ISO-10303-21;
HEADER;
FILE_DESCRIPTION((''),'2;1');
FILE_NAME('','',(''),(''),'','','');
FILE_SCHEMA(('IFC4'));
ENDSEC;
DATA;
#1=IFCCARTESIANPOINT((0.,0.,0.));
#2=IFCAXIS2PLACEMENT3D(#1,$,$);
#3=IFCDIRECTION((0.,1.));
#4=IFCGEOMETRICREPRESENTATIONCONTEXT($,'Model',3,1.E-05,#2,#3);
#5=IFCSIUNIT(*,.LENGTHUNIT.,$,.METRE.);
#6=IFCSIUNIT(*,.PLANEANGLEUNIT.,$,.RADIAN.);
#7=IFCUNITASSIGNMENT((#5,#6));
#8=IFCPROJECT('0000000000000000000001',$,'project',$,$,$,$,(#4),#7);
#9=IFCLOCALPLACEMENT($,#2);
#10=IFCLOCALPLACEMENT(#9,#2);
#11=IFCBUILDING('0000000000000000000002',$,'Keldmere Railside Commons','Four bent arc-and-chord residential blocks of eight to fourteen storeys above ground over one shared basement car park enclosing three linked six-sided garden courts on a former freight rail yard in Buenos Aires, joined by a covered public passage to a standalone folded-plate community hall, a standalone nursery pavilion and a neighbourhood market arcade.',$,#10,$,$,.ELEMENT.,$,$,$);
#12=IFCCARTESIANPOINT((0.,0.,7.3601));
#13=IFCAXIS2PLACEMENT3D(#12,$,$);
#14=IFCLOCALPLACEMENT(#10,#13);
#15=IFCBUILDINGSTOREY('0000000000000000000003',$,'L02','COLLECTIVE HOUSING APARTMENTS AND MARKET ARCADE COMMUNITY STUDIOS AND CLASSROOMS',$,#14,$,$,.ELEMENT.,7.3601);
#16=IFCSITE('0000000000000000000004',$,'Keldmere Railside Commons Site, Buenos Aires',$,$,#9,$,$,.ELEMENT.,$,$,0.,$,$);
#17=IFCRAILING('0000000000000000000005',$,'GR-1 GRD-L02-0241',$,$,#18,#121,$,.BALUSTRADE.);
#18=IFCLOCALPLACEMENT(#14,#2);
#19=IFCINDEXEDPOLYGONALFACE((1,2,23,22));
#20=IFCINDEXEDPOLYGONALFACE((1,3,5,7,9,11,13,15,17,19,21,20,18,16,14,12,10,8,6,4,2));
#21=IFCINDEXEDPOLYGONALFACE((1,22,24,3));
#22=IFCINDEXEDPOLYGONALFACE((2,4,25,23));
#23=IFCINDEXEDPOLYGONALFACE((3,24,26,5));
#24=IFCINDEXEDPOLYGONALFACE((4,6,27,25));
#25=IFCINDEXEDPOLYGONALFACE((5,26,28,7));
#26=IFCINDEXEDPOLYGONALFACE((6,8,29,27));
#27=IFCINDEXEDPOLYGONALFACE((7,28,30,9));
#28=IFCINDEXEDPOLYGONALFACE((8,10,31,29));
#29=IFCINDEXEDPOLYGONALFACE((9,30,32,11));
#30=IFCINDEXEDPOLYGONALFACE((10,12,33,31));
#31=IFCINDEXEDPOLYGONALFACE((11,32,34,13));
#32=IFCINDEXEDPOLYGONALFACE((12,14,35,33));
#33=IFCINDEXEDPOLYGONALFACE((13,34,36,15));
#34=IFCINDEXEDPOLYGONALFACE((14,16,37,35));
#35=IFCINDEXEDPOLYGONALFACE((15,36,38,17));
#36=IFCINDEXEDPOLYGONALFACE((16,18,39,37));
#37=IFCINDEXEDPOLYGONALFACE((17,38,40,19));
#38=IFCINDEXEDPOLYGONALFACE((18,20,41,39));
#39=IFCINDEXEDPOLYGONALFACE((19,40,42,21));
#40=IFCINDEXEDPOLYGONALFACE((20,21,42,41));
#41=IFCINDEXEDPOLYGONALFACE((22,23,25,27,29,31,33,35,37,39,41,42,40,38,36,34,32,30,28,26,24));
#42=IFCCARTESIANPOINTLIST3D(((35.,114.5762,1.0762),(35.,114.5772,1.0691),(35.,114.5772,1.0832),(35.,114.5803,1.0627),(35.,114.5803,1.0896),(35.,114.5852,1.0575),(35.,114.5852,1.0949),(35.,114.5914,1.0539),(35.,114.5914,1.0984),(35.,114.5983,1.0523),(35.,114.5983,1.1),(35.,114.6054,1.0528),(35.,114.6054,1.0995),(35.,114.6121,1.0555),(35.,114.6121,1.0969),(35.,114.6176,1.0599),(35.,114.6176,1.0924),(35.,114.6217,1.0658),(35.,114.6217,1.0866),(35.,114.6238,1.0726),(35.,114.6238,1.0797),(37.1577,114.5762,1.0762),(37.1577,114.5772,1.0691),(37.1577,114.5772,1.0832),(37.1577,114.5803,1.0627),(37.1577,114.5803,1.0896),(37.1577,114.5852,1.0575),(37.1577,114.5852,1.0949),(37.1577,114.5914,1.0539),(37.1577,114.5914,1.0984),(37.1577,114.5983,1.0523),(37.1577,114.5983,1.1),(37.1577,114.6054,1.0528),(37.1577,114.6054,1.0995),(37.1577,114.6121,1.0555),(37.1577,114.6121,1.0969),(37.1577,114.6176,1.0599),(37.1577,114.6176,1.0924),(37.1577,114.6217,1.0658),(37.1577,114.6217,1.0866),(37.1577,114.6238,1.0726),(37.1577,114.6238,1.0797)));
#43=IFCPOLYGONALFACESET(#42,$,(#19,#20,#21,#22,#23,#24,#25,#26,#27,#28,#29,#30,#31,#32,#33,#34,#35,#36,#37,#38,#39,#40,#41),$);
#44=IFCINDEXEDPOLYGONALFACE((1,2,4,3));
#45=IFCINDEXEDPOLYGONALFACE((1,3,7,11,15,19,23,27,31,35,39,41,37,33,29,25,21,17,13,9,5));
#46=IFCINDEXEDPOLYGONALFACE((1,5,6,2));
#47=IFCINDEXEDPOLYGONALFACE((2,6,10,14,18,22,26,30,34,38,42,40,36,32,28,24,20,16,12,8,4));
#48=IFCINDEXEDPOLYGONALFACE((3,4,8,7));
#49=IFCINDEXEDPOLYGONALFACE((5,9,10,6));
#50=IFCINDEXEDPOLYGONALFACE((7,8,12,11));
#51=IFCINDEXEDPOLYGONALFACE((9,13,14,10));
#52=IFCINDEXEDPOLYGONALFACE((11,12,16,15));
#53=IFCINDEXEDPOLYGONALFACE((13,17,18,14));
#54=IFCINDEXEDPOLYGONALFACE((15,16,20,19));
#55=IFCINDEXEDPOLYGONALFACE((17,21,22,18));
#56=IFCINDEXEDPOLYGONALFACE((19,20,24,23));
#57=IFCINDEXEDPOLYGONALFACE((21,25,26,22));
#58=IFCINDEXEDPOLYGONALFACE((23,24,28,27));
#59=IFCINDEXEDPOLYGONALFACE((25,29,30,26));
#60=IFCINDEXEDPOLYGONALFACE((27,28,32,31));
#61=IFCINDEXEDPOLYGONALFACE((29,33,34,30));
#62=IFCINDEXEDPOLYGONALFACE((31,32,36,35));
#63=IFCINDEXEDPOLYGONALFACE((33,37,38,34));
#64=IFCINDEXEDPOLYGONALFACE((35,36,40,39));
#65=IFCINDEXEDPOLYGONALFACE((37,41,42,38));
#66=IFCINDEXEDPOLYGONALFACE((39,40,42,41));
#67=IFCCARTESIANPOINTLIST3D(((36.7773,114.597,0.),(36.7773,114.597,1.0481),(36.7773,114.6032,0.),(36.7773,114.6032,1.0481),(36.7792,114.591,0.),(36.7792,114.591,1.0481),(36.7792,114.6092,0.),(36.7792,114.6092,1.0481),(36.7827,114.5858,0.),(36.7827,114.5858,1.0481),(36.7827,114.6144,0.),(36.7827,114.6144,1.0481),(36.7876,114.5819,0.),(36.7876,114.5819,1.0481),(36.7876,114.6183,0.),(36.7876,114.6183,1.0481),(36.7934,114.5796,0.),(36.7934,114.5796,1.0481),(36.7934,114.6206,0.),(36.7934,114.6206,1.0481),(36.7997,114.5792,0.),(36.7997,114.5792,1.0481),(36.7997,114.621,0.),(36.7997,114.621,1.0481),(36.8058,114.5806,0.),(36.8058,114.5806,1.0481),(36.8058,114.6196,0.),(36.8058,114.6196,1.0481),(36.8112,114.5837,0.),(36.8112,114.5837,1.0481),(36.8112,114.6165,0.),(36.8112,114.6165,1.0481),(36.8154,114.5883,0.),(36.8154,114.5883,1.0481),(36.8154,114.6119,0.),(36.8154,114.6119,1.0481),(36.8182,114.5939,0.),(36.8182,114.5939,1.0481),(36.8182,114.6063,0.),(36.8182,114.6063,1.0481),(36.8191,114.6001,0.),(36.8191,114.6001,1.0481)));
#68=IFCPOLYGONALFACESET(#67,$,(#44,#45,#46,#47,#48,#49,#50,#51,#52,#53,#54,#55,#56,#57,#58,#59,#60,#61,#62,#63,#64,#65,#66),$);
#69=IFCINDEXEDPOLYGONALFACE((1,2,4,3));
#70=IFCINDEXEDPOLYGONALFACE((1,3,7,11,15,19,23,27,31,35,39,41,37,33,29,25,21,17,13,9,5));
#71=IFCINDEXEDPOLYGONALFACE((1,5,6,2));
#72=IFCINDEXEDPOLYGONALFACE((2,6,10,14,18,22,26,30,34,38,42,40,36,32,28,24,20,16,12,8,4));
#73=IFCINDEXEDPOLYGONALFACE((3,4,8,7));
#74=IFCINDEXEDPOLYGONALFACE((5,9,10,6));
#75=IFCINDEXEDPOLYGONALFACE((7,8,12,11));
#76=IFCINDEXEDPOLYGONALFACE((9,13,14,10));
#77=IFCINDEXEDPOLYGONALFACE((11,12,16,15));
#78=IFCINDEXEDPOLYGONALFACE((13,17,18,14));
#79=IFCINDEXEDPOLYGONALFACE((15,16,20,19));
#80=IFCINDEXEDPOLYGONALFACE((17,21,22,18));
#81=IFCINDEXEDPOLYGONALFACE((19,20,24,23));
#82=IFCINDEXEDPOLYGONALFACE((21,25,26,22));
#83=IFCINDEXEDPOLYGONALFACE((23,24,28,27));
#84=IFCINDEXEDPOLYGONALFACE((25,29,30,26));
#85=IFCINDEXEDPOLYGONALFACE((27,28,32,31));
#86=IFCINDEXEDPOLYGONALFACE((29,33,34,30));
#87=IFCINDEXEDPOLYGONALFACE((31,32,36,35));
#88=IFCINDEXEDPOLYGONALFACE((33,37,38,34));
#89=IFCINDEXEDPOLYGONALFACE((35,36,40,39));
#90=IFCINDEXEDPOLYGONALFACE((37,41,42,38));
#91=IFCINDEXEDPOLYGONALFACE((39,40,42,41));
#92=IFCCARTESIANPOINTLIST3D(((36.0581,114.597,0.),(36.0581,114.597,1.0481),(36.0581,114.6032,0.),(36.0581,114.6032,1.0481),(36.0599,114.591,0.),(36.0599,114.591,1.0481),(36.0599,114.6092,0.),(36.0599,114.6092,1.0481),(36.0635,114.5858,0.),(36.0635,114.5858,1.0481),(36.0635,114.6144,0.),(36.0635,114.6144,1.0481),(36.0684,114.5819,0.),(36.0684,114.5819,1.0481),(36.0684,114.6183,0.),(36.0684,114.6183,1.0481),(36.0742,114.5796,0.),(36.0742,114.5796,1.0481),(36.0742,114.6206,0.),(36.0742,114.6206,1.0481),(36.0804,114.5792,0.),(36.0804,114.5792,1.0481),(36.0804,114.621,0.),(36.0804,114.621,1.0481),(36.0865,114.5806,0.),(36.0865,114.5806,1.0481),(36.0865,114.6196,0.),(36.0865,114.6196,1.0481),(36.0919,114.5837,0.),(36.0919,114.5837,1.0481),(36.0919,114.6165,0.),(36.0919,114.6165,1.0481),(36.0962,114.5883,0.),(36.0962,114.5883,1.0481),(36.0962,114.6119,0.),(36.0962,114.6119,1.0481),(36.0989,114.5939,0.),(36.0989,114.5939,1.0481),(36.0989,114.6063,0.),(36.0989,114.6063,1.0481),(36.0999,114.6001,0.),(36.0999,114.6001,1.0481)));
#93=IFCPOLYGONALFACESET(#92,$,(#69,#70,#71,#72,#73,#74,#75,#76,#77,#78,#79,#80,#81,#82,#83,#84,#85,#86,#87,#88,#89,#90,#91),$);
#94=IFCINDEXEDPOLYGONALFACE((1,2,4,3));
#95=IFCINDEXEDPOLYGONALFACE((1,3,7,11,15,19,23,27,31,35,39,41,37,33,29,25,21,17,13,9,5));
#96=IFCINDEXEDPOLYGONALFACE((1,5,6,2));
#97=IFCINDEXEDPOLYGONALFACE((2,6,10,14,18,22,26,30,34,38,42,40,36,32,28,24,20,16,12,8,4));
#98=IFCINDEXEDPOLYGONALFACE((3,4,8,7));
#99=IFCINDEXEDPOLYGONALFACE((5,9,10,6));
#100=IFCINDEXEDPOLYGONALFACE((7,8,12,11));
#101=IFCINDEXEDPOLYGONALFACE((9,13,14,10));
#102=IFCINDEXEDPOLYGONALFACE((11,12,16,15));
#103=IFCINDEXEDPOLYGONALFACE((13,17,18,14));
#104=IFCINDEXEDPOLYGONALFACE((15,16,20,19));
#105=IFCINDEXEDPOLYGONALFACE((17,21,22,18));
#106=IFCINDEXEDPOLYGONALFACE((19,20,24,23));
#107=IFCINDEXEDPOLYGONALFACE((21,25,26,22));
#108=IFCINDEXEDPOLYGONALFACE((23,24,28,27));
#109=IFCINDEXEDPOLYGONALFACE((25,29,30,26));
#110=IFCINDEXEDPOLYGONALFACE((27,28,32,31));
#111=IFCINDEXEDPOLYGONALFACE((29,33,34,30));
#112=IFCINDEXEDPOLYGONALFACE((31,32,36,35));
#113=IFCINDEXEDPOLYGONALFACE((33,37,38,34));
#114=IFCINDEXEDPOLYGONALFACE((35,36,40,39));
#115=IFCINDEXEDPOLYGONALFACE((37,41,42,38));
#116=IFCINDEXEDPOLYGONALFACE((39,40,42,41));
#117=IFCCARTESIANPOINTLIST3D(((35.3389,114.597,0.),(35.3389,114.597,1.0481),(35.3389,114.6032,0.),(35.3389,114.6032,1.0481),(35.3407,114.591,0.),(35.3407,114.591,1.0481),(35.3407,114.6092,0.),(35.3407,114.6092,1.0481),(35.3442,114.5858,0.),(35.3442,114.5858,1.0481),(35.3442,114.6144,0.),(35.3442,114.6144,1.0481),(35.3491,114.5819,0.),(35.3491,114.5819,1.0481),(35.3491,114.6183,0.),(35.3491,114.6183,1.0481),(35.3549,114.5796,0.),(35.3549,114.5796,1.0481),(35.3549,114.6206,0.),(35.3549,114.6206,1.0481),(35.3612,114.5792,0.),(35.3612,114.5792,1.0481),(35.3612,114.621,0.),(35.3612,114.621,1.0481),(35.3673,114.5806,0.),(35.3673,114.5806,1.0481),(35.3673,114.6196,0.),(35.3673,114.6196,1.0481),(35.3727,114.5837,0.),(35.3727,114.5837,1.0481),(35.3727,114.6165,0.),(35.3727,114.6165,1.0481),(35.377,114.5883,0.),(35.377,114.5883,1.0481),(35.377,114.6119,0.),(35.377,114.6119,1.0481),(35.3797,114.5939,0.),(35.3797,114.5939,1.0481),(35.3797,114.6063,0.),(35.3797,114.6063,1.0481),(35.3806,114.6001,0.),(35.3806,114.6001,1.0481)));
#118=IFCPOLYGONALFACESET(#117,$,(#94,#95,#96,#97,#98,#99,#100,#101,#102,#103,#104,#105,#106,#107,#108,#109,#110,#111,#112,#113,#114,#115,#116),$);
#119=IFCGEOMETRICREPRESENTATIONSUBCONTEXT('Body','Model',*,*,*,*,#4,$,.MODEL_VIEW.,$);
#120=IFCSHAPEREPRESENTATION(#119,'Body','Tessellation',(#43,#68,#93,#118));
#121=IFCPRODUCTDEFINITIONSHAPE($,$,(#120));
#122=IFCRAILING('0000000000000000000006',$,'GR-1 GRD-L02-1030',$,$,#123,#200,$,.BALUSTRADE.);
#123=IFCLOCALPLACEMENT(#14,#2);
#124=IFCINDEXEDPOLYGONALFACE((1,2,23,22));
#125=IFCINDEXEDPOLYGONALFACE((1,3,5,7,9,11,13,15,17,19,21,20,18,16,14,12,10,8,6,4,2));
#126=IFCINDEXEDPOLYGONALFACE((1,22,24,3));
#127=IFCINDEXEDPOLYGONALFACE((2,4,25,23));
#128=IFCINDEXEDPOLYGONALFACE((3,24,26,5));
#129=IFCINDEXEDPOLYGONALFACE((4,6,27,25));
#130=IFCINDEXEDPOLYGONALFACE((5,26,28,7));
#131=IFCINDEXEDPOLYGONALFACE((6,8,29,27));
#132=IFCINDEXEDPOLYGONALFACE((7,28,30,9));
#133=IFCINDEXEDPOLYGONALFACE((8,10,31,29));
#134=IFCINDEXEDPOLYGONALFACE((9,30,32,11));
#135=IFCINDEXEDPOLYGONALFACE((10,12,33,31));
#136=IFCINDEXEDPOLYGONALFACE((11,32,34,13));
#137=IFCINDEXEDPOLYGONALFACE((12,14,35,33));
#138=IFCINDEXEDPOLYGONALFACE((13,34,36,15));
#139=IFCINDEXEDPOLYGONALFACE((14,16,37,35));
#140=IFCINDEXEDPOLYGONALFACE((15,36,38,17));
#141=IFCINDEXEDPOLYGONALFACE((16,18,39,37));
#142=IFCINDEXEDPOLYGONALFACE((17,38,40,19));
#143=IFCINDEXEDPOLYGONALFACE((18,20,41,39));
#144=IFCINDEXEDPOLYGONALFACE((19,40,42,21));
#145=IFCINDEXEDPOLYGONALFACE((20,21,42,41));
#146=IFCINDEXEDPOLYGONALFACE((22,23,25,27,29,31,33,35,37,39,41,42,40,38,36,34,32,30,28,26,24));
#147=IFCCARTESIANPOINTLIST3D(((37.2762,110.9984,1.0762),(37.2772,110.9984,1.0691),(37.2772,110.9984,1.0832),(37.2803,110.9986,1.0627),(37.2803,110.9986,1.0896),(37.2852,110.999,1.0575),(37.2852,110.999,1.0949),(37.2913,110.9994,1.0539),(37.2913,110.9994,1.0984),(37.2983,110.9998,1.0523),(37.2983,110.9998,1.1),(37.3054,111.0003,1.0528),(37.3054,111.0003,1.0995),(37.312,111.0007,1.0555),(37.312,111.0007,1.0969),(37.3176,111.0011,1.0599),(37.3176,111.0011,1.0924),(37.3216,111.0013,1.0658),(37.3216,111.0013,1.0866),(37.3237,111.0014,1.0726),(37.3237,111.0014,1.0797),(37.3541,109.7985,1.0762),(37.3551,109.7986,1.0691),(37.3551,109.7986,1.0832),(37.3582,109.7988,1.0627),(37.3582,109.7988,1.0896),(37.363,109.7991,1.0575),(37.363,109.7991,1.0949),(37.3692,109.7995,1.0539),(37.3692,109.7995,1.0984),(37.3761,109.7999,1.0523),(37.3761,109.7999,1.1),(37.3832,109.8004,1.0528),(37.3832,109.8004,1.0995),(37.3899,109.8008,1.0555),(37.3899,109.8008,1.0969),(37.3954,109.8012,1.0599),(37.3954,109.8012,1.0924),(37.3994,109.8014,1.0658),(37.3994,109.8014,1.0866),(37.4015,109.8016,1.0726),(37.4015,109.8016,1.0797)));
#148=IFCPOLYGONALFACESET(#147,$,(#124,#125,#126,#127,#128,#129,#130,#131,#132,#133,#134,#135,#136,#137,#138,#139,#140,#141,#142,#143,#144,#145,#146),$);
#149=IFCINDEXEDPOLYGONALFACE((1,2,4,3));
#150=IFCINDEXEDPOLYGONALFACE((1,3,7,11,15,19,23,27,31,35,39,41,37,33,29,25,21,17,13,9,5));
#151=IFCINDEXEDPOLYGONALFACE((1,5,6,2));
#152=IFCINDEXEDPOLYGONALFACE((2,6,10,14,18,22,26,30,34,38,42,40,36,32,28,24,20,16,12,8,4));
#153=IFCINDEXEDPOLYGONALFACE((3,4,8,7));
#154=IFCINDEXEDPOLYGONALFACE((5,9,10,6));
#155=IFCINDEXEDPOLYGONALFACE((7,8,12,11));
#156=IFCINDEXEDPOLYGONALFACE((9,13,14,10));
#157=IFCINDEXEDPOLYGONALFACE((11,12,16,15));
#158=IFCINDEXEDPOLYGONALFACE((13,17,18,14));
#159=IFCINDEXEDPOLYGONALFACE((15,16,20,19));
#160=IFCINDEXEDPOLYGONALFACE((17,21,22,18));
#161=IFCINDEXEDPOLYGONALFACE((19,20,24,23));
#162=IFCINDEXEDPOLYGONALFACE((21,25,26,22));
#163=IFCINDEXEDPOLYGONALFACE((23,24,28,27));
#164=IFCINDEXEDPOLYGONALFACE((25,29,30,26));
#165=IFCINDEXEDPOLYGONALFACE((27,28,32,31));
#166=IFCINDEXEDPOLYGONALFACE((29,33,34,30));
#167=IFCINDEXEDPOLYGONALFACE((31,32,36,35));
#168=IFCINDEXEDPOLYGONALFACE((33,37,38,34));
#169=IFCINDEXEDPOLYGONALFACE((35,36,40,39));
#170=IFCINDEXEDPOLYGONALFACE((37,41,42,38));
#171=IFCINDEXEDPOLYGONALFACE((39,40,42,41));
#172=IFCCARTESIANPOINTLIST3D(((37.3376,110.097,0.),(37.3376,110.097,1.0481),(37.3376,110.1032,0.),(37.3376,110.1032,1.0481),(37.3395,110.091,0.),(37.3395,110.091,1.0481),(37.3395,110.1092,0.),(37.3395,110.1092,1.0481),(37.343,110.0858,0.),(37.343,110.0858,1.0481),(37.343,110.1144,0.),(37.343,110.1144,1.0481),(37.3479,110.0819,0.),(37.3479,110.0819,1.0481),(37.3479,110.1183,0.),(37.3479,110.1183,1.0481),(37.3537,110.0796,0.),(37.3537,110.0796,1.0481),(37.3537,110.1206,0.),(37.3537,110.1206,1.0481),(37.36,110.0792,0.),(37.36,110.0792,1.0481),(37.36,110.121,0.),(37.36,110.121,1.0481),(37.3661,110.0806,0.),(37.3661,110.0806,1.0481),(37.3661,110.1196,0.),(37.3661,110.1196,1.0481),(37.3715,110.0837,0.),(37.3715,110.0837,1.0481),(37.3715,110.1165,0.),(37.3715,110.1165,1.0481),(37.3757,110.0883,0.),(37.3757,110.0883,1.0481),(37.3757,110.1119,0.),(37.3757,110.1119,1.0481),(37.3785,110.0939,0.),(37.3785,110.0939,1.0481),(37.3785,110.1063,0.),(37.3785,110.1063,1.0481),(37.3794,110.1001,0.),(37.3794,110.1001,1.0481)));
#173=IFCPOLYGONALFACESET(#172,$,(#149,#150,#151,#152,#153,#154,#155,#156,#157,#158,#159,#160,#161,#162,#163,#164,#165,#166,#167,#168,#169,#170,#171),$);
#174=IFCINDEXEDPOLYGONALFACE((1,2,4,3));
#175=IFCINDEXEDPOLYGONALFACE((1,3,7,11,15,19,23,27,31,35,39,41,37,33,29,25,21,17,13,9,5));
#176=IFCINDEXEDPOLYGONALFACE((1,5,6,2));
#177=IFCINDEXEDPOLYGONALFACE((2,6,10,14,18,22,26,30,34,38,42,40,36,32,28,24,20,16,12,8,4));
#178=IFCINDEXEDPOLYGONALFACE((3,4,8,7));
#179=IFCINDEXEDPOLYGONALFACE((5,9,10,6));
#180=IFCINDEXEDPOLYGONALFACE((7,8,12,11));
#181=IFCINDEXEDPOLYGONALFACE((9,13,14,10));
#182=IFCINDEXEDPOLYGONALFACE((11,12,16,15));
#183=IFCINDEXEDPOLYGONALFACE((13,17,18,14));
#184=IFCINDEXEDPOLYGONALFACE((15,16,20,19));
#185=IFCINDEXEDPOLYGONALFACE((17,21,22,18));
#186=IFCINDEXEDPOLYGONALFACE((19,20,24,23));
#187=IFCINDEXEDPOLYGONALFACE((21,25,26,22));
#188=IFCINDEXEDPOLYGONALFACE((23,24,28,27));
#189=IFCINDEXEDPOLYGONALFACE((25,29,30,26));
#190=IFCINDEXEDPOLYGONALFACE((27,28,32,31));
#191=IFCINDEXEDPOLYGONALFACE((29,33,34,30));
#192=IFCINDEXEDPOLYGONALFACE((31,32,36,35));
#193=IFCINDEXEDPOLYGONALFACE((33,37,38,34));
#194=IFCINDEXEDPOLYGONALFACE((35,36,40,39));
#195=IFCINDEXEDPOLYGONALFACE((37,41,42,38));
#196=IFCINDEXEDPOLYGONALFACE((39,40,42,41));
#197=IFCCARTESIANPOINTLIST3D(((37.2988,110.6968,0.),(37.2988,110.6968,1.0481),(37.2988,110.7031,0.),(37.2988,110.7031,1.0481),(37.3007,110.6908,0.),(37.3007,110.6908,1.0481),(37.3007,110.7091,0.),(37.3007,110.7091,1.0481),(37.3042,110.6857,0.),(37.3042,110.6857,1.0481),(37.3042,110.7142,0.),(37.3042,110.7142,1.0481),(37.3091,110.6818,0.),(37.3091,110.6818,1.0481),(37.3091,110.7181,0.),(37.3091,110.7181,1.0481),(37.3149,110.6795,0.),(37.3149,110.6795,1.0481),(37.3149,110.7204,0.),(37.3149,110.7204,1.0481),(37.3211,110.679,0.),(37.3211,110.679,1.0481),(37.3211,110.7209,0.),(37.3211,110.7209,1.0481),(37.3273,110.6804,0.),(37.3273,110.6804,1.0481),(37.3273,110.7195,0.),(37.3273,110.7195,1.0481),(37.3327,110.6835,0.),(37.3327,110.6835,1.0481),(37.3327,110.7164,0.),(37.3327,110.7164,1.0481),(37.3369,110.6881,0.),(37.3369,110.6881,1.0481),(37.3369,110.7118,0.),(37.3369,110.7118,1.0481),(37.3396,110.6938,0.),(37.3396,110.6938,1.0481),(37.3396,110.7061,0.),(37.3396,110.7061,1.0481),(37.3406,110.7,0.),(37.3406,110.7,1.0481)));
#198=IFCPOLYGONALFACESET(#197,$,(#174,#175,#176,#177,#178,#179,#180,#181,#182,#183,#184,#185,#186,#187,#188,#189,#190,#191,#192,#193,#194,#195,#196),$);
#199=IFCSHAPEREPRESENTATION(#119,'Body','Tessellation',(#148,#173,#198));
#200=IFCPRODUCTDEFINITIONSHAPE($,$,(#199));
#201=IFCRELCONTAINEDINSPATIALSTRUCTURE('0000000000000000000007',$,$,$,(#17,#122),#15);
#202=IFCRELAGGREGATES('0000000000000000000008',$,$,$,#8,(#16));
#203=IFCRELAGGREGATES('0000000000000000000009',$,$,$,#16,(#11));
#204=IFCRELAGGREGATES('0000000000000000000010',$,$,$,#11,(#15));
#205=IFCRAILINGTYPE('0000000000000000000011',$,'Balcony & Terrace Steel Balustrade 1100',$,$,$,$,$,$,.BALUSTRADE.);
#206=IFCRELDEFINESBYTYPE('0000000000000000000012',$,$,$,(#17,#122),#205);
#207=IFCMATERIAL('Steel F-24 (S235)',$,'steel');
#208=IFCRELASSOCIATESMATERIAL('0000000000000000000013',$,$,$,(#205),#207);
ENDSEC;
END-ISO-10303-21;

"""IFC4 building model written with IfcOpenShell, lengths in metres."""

from ifc_helpers import new_model, si_unit, direction, frame, origin, origin_2d, place, context, subcontext, project, spatial, circle, extrude, material, type_object, element, save


model = new_model("IFC4")

# Units and contexts
model_context = context("Model", 3, precision=1e-05, world=origin(), true_north=direction((0.0, 1.0)))
body_context = subcontext(model_context, "Body", "Model", "MODEL_VIEW")
ifc_project = project(units=[si_unit("LENGTHUNIT", "METRE"), si_unit("PLANEANGLEUNIT", "RADIAN")], contexts=[model_context])

# Site, building, storey
site_placement = place(None, origin())
site = spatial("IfcSite", under=ifc_project, at=site_placement, Name="Keldmere Railside Commons Site, Buenos Aires", CompositionType="ELEMENT", RefElevation=0.0)
building_placement = place(site_placement, origin())
building = spatial("IfcBuilding", under=site, at=building_placement, Name="Keldmere Railside Commons", Description="Four bent arc-and-chord residential blocks of eight to fourteen storeys above ground over one shared basement car park enclosing three linked six-sided garden courts on a former freight rail yard in Buenos Aires, joined by a covered public passage to a standalone folded-plate community hall, a standalone nursery pavilion and a neighbourhood market arcade.", CompositionType="ELEMENT")
storey_placement = place(building_placement, frame((0.0, 0.0, 7.3601)))
storey = spatial("IfcBuildingStorey", under=building, at=storey_placement, Name="L02", Description="COLLECTIVE HOUSING APARTMENTS AND MARKET ARCADE COMMUNITY STUDIOS AND CLASSROOMS", CompositionType="ELEMENT", Elevation=7.3601)

# Railings
ifc_material_1 = material(Name="Steel F-24 (S235)", Category="steel")
railing_type = type_object("IfcRailingType", Name="Balcony & Terrace Steel Balustrade 1100", PredefinedType="BALUSTRADE", material=ifc_material_1)
railing_1_placement = place(storey_placement, frame((37.1577, 114.6001, 0.0)))
element("IfcRailing", 1, at=railing_1_placement, inside=storey, type_object=railing_type, Name="GR-1 GRD-L02-0241", PredefinedType="BALUSTRADE", context=body_context, shape_type="SweptSolid", body=[
    extrude(circle(Radius=0.0239, at=origin_2d()), frame((0.0, 0.0, 1.0762), z_axis=(-1.0, 0.0, 0.0), x_axis=(0.0, -1.0, 0.0)), (0.0, 0.0, 1.0), 2.1577),
    extrude(circle(Radius=0.021, at=origin_2d()), frame((-0.3596, 0.0, 0.0)), (0.0, 0.0, 1.0), 1.0481),
    extrude(circle(Radius=0.021, at=origin_2d()), frame((-1.0789, 0.0, 0.0)), (0.0, 0.0, 1.0), 1.0481),
    extrude(circle(Radius=0.021, at=origin_2d()), frame((-1.7981, 0.0, 0.0)), (0.0, 0.0, 1.0), 1.0481),
])
railing_2_placement = place(storey_placement, frame((37.3779, 109.8, 0.0)))
element("IfcRailing", 2, at=railing_2_placement, inside=storey, type_object=railing_type, Name="GR-1 GRD-L02-1030", PredefinedType="BALUSTRADE", context=body_context, shape_type="SweptSolid", body=[
    extrude(circle(Radius=0.0239, at=origin_2d()), frame((0.0, 0.0, 1.0762), z_axis=(-0.064767, 0.9979, 0.0), x_axis=(-0.9979, -0.064767, 0.0)), (0.0, 0.0, 1.0), 1.2024),
    extrude(circle(Radius=0.021, at=origin_2d()), frame((-0.0195, 0.3, 0.0)), (0.0, 0.0, 1.0), 1.0481),
    extrude(circle(Radius=0.021, at=origin_2d()), frame((-0.0583, 0.8999, 0.0)), (0.0, 0.0, 1.0), 1.0481),
])

save(model, "model.ifc")
